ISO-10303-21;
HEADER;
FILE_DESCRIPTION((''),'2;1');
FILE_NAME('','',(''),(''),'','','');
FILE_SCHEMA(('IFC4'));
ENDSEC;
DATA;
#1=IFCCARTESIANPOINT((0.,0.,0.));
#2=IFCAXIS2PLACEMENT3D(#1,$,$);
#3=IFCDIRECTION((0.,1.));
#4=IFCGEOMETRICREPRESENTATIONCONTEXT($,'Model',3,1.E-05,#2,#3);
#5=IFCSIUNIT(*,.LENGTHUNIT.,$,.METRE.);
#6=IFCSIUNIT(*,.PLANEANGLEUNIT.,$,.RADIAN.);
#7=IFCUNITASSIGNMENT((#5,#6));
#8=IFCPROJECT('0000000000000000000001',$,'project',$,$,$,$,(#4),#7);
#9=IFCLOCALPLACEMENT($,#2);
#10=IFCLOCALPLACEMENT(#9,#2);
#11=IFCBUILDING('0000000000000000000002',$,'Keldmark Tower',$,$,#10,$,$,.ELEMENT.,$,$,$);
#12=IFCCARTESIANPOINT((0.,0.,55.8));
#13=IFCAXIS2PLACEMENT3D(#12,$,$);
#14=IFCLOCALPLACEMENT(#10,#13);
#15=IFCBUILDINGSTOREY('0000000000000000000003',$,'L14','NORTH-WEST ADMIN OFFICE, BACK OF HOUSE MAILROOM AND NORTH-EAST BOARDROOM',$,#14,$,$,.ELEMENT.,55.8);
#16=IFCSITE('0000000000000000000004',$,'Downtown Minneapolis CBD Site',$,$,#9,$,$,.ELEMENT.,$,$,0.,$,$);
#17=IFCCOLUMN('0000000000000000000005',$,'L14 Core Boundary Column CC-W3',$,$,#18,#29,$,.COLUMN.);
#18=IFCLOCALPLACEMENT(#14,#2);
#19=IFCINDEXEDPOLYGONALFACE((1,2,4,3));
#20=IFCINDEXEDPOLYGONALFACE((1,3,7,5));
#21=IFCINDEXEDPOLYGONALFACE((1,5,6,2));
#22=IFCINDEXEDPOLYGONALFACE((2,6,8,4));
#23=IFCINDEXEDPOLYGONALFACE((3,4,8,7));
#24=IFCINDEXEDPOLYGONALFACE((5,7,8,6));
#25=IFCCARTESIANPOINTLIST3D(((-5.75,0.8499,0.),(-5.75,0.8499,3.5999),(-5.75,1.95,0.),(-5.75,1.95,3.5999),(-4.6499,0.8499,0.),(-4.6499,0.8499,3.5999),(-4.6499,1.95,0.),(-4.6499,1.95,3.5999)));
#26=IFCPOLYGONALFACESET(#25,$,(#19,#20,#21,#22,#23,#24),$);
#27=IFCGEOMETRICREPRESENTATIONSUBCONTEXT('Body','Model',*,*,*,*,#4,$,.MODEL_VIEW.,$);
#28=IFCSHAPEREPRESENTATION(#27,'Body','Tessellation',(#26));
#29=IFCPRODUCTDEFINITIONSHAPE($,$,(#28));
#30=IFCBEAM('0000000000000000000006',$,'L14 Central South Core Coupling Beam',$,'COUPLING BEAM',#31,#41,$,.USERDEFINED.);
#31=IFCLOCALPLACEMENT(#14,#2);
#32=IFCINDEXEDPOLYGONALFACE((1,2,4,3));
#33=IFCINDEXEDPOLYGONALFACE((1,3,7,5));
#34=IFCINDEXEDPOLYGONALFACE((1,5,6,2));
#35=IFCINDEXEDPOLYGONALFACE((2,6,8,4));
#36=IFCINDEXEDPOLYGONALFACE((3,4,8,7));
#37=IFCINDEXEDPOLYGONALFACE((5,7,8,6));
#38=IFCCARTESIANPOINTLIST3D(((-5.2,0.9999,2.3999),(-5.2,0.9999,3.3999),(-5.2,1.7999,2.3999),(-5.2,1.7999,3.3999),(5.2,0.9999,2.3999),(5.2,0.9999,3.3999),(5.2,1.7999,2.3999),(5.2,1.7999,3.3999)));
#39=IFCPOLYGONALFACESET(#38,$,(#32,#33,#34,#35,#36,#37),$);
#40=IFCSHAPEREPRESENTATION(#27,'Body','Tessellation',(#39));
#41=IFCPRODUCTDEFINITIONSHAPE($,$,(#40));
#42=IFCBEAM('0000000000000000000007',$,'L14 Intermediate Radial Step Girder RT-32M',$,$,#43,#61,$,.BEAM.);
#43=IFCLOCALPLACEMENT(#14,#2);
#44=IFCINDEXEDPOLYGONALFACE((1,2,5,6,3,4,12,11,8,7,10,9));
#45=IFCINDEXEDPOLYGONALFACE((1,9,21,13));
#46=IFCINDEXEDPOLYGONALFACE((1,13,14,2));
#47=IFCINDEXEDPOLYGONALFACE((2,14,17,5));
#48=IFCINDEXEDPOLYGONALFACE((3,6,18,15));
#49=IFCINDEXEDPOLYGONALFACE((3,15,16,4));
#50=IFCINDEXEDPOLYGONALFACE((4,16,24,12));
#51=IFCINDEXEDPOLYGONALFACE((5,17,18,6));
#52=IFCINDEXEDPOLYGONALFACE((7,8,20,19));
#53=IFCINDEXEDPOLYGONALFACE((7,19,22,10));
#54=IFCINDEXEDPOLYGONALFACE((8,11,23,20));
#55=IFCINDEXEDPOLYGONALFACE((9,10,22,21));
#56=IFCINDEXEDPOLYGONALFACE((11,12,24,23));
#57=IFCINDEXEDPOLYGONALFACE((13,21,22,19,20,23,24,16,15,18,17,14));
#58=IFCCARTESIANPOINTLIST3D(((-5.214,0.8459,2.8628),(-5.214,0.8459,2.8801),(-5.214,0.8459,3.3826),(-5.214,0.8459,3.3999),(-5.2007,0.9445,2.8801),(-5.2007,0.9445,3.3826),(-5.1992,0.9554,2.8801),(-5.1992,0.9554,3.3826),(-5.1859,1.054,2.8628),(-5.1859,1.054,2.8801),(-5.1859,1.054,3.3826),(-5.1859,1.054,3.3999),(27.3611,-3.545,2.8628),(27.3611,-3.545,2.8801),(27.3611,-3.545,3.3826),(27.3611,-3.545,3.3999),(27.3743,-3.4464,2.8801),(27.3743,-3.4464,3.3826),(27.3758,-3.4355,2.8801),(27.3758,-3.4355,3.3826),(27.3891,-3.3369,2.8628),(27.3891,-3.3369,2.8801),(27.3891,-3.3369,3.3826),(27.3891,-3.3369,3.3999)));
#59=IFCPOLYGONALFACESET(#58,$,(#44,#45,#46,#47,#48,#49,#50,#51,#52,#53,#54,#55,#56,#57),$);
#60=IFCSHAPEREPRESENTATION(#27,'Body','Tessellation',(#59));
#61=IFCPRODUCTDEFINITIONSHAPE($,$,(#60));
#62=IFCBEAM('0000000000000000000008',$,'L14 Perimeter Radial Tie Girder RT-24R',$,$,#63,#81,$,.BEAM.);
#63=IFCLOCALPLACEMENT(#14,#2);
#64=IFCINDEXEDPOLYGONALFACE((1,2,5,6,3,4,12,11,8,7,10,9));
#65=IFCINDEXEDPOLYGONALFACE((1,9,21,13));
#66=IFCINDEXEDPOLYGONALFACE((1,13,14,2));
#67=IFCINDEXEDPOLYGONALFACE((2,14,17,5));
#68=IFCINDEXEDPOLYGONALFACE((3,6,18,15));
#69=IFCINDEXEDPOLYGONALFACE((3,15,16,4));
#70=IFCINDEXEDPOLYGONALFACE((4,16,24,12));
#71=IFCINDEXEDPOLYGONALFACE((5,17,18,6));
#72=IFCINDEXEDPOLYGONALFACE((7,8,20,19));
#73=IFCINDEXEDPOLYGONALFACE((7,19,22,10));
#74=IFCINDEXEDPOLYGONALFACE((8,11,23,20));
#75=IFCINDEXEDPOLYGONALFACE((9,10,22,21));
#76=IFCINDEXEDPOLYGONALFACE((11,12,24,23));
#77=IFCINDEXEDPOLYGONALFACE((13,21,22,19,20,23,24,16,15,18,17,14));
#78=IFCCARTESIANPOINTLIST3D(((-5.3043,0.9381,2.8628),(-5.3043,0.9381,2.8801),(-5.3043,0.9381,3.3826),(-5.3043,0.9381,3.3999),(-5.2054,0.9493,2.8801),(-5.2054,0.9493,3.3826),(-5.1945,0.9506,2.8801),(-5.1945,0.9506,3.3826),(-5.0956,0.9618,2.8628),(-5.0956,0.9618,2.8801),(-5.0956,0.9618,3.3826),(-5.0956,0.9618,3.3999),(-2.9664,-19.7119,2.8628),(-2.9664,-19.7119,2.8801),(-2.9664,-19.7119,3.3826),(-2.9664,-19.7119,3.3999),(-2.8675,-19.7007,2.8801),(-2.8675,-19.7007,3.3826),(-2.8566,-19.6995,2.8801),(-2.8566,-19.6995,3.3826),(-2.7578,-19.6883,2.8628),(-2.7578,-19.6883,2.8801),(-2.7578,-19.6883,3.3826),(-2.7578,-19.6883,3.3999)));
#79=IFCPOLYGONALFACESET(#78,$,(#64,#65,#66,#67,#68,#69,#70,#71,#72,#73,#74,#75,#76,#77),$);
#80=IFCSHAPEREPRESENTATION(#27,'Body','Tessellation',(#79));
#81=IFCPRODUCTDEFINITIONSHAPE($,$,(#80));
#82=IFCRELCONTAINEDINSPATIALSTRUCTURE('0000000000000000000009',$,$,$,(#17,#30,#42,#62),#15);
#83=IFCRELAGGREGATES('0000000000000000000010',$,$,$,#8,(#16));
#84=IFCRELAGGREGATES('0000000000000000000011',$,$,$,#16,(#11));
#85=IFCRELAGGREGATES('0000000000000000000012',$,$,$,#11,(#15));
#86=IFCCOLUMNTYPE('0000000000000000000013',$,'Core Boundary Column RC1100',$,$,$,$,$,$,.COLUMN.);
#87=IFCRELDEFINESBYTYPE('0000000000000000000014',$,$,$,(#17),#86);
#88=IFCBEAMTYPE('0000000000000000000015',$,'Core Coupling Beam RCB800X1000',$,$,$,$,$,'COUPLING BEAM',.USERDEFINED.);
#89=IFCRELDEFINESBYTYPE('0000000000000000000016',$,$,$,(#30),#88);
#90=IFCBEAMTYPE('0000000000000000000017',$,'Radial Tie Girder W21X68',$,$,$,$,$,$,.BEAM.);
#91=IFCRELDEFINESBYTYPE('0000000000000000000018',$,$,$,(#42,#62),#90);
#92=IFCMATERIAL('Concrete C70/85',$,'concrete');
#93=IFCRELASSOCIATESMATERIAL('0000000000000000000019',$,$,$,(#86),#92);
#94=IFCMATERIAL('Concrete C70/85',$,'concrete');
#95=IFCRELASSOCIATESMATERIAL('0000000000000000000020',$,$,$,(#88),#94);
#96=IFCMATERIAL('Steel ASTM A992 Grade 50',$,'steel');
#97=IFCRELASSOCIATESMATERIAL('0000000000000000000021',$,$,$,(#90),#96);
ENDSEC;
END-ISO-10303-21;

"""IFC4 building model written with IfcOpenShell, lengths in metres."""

from ifc_helpers import new_model, si_unit, direction, frame, origin, origin_2d, place, context, subcontext, project, spatial, rectangle, i_section, extrude, material, material_profile, profile_set, type_object, element, save


model = new_model("IFC4")

# Units and contexts
model_context = context("Model", 3, precision=1e-05, world=origin(), true_north=direction((0.0, 1.0)))
body_context = subcontext(model_context, "Body", "Model", "MODEL_VIEW")
ifc_project = project(units=[si_unit("LENGTHUNIT", "METRE"), si_unit("PLANEANGLEUNIT", "RADIAN")], contexts=[model_context])

# Site, building, storey
site_placement = place(None, origin())
site = spatial("IfcSite", under=ifc_project, at=site_placement, Name="Downtown Minneapolis CBD Site", CompositionType="ELEMENT", RefElevation=0.0)
building_placement = place(site_placement, origin())
building = spatial("IfcBuilding", under=site, at=building_placement, Name="Keldmark Tower", CompositionType="ELEMENT")
storey_placement = place(building_placement, frame((0.0, 0.0, 55.8)))
storey = spatial("IfcBuildingStorey", under=building, at=storey_placement, Name="L14", Description="NORTH-WEST ADMIN OFFICE, BACK OF HOUSE MAILROOM AND NORTH-EAST BOARDROOM", CompositionType="ELEMENT", Elevation=55.8)

# Column
ifc_material_1 = material(Name="Concrete C70/85", Category="concrete")
ifc_material_profile_1 = material_profile(ifc_material_1, rectangle(XDim=1.1001, YDim=1.1001, at=origin_2d()), Name="RC1100X1100")
ifc_profile_set_1 = profile_set([ifc_material_profile_1], Name="Concrete C70/85")
column_type = type_object("IfcColumnType", Name="Core Boundary Column RC1100", PredefinedType="COLUMN", material=ifc_profile_set_1)
column_placement = place(storey_placement, frame((-5.2, 1.3999, 0.0), z_axis=(0.0, 0.0, 1.0), x_axis=(1.0, 0.0, 0.0)))
element("IfcColumn", 1, at=column_placement, inside=storey, type_object=column_type, Name="L14 Core Boundary Column CC-W3", PredefinedType="COLUMN", context=body_context, shape_type="SweptSolid", body=[
    extrude(rectangle(XDim=1.1001, YDim=1.1001, at=origin_2d()), origin(), (0.0, 0.0, 1.0), 3.5999),
])

# Beams
ifc_material_2 = material(Name="Concrete C70/85", Category="concrete")
ifc_material_profile_2 = material_profile(ifc_material_2, rectangle(XDim=0.8, YDim=1.0, at=origin_2d()), Name="RCB800X1000")
ifc_profile_set_2 = profile_set([ifc_material_profile_2], Name="Concrete C70/85")
beam_type_1 = type_object("IfcBeamType", Name="Core Coupling Beam RCB800X1000", ElementType="COUPLING BEAM", PredefinedType="USERDEFINED", material=ifc_profile_set_2)
beam_1_placement = place(storey_placement, frame((-5.2, 1.3999, 2.8999), z_axis=(1.0, 0.0, 0.0), x_axis=(0.0, 1.0, 0.0)))
element("IfcBeam", 2, at=beam_1_placement, inside=storey, type_object=beam_type_1, Name="L14 Central South Core Coupling Beam", ObjectType="COUPLING BEAM", PredefinedType="USERDEFINED", context=body_context, shape_type="SweptSolid", body=[
    extrude(rectangle(XDim=0.8, YDim=1.0, at=origin_2d()), origin(), (0.0, 0.0, 1.0), 10.3999),
])
ifc_material_3 = material(Name="Steel ASTM A992 Grade 50", Category="steel")
ifc_material_profile_3 = material_profile(ifc_material_3, i_section(OverallWidth=0.21, OverallDepth=0.5371, WebThickness=0.011, FlangeThickness=0.0173, at=origin_2d()), Name="W21X68")
ifc_profile_set_3 = profile_set([ifc_material_profile_3], Name="Steel ASTM A992 Grade 50")
beam_type_2 = type_object("IfcBeamType", Name="Radial Tie Girder W21X68", PredefinedType="BEAM", material=ifc_profile_set_3)
beam_2_placement = place(storey_placement, frame((-5.2, 0.95, 3.1313), z_axis=(0.991037, -0.133585, 0.0), x_axis=(0.133585, 0.991037, 0.0)))
element("IfcBeam", 3, at=beam_2_placement, inside=storey, type_object=beam_type_2, Name="L14 Intermediate Radial Step Girder RT-32M", PredefinedType="BEAM", context=body_context, shape_type="SweptSolid", body=[
    extrude(i_section(OverallWidth=0.21, OverallDepth=0.5371, WebThickness=0.011, FlangeThickness=0.0173, at=origin_2d()), origin(), (0.0, 0.0, 1.0), 32.8696),
])
beam_3_placement = place(storey_placement, frame((-5.2, 0.95, 3.1313), z_axis=(0.112496, -0.993652, 0.0), x_axis=(0.993652, 0.112496, 0.0)))
element("IfcBeam", 4, at=beam_3_placement, inside=storey, type_object=beam_type_2, Name="L14 Perimeter Radial Tie Girder RT-24R", PredefinedType="BEAM", context=body_context, shape_type="SweptSolid", body=[
    extrude(i_section(OverallWidth=0.21, OverallDepth=0.5371, WebThickness=0.011, FlangeThickness=0.0173, at=origin_2d()), origin(), (0.0, 0.0, 1.0), 20.782),
])

save(model, "model.ifc")
